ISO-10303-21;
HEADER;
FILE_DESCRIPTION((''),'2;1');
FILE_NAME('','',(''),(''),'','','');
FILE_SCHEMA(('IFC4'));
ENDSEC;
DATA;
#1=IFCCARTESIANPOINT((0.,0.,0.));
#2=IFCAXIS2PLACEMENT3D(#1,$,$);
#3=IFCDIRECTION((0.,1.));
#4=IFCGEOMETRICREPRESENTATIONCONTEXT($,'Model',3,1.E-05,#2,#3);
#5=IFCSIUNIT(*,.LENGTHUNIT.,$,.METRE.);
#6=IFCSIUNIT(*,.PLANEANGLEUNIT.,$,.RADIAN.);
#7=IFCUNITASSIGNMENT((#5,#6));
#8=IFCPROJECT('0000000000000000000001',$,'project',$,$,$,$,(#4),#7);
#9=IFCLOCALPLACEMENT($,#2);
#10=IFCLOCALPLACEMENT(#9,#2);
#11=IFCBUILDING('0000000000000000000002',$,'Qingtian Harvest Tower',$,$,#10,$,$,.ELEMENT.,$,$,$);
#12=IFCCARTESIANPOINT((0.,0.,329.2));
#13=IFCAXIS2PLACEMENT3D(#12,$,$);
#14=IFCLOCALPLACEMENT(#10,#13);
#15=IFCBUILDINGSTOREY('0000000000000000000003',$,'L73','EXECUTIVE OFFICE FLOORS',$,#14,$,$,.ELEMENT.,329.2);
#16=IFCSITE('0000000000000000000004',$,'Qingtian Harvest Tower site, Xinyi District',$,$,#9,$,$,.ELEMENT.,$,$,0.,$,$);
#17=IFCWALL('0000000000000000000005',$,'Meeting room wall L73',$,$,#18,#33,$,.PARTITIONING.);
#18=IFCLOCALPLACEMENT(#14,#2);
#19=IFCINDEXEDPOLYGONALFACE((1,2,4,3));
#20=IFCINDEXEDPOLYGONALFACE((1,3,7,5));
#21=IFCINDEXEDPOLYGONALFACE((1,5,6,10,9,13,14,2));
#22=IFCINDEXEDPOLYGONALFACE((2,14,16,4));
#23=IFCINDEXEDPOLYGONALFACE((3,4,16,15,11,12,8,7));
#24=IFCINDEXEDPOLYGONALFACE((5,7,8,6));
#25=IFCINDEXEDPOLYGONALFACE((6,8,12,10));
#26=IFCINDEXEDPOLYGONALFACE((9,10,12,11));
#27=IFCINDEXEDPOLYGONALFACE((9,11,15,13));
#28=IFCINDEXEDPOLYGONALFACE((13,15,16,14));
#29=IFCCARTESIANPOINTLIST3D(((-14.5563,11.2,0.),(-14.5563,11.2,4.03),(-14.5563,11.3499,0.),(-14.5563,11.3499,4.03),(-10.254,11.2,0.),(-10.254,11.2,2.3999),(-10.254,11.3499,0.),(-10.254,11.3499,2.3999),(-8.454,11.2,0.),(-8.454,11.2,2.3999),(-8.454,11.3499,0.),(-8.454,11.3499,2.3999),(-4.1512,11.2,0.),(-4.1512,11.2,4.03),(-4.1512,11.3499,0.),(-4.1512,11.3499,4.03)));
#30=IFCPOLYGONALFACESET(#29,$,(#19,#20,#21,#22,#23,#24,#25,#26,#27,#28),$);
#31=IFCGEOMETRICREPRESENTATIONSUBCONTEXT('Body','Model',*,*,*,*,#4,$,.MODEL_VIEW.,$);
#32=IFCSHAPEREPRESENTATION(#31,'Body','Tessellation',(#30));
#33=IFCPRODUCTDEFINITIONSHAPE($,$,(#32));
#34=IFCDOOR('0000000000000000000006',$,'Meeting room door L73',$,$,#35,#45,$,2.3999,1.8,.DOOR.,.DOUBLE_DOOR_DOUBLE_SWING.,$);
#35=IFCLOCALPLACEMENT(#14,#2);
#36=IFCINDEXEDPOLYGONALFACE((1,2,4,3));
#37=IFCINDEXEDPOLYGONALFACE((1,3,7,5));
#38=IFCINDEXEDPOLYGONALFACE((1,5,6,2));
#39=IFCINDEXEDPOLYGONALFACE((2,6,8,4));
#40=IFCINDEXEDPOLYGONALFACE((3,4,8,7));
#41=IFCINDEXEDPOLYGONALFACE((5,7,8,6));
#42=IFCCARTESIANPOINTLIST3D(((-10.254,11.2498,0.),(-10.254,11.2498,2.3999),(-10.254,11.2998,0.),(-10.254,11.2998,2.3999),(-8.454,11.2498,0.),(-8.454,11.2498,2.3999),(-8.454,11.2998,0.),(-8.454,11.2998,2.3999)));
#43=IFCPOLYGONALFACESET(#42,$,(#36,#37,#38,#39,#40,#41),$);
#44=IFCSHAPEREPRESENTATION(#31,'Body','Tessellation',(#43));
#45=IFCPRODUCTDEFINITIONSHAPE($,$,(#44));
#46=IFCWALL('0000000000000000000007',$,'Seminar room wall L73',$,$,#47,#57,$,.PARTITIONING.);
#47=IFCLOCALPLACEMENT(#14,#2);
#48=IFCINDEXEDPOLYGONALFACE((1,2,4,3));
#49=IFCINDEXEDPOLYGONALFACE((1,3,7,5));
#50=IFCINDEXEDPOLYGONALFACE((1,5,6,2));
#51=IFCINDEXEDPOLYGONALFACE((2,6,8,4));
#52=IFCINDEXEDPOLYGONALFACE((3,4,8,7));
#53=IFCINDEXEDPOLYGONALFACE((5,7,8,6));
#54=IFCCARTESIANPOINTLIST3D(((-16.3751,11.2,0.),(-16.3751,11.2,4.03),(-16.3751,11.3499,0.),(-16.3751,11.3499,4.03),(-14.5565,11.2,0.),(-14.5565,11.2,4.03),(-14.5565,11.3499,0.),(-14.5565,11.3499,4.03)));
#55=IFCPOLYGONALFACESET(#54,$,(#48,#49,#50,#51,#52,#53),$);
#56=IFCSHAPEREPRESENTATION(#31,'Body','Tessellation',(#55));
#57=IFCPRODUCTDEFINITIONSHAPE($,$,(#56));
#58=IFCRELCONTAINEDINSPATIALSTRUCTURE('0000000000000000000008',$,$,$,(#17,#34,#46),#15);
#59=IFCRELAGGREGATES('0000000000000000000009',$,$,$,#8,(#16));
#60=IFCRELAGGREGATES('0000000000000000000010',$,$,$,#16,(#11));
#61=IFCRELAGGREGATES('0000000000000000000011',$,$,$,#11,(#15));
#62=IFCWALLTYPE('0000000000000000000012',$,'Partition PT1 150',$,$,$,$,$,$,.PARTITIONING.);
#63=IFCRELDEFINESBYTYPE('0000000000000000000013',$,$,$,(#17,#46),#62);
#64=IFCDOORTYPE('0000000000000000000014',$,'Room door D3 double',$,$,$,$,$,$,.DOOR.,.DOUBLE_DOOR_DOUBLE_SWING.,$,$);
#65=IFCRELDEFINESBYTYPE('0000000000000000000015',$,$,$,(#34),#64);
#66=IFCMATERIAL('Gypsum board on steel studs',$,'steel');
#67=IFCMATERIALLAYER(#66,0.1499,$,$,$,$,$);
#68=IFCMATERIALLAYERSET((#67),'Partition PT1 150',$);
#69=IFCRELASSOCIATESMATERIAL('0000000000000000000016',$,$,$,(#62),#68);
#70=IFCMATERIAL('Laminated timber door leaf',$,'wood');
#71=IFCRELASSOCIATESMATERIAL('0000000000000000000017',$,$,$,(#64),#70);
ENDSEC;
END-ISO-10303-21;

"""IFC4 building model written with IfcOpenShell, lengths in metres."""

from ifc_helpers import new_model, si_unit, direction, frame, frame_2d, origin, place, context, subcontext, project, spatial, rectangle, extrude, material, layer, layer_set, type_object, element, fill, save


model = new_model("IFC4")

# Units and contexts
model_context = context("Model", 3, precision=1e-05, world=origin(), true_north=direction((0.0, 1.0)))
body_context = subcontext(model_context, "Body", "Model", "MODEL_VIEW")
ifc_project = project(units=[si_unit("LENGTHUNIT", "METRE"), si_unit("PLANEANGLEUNIT", "RADIAN")], contexts=[model_context])

# Site, building, storey
site_placement = place(None, origin())
site = spatial("IfcSite", under=ifc_project, at=site_placement, Name="Qingtian Harvest Tower site, Xinyi District", CompositionType="ELEMENT", RefElevation=0.0)
building_placement = place(site_placement, origin())
building = spatial("IfcBuilding", under=site, at=building_placement, Name="Qingtian Harvest Tower", CompositionType="ELEMENT")
storey_placement = place(building_placement, frame((0.0, 0.0, 329.2)))
storey = spatial("IfcBuildingStorey", under=building, at=storey_placement, Name="L73", Description="EXECUTIVE OFFICE FLOORS", CompositionType="ELEMENT", Elevation=329.2)

# Shared definitions
ifc_material_1 = material(Name="Gypsum board on steel studs", Category="steel")
ifc_layer_1 = layer(ifc_material_1, 0.1499)
ifc_layer_set_1 = layer_set([ifc_layer_1], Name="Partition PT1 150")
wall_type = type_object("IfcWallType", Name="Partition PT1 150", PredefinedType="PARTITIONING", material=ifc_layer_set_1)

# Wall, opening, door
wall_1_placement = place(storey_placement, frame((-14.5564, 11.2749, 0.0), z_axis=(0.0, 0.0, 1.0), x_axis=(1.0, 0.0, 0.0)))
wall_1 = element("IfcWall", 1, at=wall_1_placement, inside=storey, type_object=wall_type, Name="Meeting room wall L73", PredefinedType="PARTITIONING", context=body_context, shape_type="SweptSolid", body=[
    extrude(rectangle(XDim=10.405, YDim=0.1499, at=frame_2d((5.2026, 0.0))), origin(), (0.0, 0.0, 1.0), 4.03),
])
opening_placement = place(wall_1_placement, frame((4.3025, 0.0, 0.0)))
opening = element("IfcOpeningElement", 2, at=opening_placement, cuts=wall_1, PredefinedType="OPENING", context=body_context, shape_type="SweptSolid", body=[
    extrude(rectangle(XDim=1.8, YDim=2.3999, at=frame_2d((0.8999, 1.2))), frame((0.0, 0.085, 0.0), z_axis=(0.0, -1.0, 0.0), x_axis=(1.0, 0.0, 0.0)), (0.0, 0.0, 1.0), 0.1699),
])
ifc_material_2 = material(Name="Laminated timber door leaf", Category="wood")
door_type = type_object("IfcDoorType", Name="Room door D3 double", OperationType="DOUBLE_DOOR_DOUBLE_SWING", PredefinedType="DOOR", material=ifc_material_2)
door_placement = place(opening_placement, origin())
door = element("IfcDoor", 3, at=door_placement, inside=storey, type_object=door_type, Name="Meeting room door L73", OperationType="DOUBLE_DOOR_DOUBLE_SWING", OverallHeight=2.3999, OverallWidth=1.8, PredefinedType="DOOR", context=body_context, shape_type="SweptSolid", body=[
    extrude(rectangle(XDim=1.8, YDim=2.3999, at=frame_2d((0.8999, 1.2))), frame((0.0, 0.0249, 0.0), z_axis=(0.0, -1.0, 0.0), x_axis=(1.0, 0.0, 0.0)), (0.0, 0.0, 1.0), 0.05),
])
fill(opening, door)

# Wall
wall_2_placement = place(storey_placement, frame((-16.375, 11.2749, 0.0), z_axis=(0.0, 0.0, 1.0), x_axis=(1.0, 0.0, 0.0)))
element("IfcWall", 4, at=wall_2_placement, inside=storey, type_object=wall_type, Name="Seminar room wall L73", PredefinedType="PARTITIONING", context=body_context, shape_type="SweptSolid", body=[
    extrude(rectangle(XDim=1.8186, YDim=0.1499, at=frame_2d((0.9092, 0.0))), origin(), (0.0, 0.0, 1.0), 4.03),
])

save(model, "model.ifc")
